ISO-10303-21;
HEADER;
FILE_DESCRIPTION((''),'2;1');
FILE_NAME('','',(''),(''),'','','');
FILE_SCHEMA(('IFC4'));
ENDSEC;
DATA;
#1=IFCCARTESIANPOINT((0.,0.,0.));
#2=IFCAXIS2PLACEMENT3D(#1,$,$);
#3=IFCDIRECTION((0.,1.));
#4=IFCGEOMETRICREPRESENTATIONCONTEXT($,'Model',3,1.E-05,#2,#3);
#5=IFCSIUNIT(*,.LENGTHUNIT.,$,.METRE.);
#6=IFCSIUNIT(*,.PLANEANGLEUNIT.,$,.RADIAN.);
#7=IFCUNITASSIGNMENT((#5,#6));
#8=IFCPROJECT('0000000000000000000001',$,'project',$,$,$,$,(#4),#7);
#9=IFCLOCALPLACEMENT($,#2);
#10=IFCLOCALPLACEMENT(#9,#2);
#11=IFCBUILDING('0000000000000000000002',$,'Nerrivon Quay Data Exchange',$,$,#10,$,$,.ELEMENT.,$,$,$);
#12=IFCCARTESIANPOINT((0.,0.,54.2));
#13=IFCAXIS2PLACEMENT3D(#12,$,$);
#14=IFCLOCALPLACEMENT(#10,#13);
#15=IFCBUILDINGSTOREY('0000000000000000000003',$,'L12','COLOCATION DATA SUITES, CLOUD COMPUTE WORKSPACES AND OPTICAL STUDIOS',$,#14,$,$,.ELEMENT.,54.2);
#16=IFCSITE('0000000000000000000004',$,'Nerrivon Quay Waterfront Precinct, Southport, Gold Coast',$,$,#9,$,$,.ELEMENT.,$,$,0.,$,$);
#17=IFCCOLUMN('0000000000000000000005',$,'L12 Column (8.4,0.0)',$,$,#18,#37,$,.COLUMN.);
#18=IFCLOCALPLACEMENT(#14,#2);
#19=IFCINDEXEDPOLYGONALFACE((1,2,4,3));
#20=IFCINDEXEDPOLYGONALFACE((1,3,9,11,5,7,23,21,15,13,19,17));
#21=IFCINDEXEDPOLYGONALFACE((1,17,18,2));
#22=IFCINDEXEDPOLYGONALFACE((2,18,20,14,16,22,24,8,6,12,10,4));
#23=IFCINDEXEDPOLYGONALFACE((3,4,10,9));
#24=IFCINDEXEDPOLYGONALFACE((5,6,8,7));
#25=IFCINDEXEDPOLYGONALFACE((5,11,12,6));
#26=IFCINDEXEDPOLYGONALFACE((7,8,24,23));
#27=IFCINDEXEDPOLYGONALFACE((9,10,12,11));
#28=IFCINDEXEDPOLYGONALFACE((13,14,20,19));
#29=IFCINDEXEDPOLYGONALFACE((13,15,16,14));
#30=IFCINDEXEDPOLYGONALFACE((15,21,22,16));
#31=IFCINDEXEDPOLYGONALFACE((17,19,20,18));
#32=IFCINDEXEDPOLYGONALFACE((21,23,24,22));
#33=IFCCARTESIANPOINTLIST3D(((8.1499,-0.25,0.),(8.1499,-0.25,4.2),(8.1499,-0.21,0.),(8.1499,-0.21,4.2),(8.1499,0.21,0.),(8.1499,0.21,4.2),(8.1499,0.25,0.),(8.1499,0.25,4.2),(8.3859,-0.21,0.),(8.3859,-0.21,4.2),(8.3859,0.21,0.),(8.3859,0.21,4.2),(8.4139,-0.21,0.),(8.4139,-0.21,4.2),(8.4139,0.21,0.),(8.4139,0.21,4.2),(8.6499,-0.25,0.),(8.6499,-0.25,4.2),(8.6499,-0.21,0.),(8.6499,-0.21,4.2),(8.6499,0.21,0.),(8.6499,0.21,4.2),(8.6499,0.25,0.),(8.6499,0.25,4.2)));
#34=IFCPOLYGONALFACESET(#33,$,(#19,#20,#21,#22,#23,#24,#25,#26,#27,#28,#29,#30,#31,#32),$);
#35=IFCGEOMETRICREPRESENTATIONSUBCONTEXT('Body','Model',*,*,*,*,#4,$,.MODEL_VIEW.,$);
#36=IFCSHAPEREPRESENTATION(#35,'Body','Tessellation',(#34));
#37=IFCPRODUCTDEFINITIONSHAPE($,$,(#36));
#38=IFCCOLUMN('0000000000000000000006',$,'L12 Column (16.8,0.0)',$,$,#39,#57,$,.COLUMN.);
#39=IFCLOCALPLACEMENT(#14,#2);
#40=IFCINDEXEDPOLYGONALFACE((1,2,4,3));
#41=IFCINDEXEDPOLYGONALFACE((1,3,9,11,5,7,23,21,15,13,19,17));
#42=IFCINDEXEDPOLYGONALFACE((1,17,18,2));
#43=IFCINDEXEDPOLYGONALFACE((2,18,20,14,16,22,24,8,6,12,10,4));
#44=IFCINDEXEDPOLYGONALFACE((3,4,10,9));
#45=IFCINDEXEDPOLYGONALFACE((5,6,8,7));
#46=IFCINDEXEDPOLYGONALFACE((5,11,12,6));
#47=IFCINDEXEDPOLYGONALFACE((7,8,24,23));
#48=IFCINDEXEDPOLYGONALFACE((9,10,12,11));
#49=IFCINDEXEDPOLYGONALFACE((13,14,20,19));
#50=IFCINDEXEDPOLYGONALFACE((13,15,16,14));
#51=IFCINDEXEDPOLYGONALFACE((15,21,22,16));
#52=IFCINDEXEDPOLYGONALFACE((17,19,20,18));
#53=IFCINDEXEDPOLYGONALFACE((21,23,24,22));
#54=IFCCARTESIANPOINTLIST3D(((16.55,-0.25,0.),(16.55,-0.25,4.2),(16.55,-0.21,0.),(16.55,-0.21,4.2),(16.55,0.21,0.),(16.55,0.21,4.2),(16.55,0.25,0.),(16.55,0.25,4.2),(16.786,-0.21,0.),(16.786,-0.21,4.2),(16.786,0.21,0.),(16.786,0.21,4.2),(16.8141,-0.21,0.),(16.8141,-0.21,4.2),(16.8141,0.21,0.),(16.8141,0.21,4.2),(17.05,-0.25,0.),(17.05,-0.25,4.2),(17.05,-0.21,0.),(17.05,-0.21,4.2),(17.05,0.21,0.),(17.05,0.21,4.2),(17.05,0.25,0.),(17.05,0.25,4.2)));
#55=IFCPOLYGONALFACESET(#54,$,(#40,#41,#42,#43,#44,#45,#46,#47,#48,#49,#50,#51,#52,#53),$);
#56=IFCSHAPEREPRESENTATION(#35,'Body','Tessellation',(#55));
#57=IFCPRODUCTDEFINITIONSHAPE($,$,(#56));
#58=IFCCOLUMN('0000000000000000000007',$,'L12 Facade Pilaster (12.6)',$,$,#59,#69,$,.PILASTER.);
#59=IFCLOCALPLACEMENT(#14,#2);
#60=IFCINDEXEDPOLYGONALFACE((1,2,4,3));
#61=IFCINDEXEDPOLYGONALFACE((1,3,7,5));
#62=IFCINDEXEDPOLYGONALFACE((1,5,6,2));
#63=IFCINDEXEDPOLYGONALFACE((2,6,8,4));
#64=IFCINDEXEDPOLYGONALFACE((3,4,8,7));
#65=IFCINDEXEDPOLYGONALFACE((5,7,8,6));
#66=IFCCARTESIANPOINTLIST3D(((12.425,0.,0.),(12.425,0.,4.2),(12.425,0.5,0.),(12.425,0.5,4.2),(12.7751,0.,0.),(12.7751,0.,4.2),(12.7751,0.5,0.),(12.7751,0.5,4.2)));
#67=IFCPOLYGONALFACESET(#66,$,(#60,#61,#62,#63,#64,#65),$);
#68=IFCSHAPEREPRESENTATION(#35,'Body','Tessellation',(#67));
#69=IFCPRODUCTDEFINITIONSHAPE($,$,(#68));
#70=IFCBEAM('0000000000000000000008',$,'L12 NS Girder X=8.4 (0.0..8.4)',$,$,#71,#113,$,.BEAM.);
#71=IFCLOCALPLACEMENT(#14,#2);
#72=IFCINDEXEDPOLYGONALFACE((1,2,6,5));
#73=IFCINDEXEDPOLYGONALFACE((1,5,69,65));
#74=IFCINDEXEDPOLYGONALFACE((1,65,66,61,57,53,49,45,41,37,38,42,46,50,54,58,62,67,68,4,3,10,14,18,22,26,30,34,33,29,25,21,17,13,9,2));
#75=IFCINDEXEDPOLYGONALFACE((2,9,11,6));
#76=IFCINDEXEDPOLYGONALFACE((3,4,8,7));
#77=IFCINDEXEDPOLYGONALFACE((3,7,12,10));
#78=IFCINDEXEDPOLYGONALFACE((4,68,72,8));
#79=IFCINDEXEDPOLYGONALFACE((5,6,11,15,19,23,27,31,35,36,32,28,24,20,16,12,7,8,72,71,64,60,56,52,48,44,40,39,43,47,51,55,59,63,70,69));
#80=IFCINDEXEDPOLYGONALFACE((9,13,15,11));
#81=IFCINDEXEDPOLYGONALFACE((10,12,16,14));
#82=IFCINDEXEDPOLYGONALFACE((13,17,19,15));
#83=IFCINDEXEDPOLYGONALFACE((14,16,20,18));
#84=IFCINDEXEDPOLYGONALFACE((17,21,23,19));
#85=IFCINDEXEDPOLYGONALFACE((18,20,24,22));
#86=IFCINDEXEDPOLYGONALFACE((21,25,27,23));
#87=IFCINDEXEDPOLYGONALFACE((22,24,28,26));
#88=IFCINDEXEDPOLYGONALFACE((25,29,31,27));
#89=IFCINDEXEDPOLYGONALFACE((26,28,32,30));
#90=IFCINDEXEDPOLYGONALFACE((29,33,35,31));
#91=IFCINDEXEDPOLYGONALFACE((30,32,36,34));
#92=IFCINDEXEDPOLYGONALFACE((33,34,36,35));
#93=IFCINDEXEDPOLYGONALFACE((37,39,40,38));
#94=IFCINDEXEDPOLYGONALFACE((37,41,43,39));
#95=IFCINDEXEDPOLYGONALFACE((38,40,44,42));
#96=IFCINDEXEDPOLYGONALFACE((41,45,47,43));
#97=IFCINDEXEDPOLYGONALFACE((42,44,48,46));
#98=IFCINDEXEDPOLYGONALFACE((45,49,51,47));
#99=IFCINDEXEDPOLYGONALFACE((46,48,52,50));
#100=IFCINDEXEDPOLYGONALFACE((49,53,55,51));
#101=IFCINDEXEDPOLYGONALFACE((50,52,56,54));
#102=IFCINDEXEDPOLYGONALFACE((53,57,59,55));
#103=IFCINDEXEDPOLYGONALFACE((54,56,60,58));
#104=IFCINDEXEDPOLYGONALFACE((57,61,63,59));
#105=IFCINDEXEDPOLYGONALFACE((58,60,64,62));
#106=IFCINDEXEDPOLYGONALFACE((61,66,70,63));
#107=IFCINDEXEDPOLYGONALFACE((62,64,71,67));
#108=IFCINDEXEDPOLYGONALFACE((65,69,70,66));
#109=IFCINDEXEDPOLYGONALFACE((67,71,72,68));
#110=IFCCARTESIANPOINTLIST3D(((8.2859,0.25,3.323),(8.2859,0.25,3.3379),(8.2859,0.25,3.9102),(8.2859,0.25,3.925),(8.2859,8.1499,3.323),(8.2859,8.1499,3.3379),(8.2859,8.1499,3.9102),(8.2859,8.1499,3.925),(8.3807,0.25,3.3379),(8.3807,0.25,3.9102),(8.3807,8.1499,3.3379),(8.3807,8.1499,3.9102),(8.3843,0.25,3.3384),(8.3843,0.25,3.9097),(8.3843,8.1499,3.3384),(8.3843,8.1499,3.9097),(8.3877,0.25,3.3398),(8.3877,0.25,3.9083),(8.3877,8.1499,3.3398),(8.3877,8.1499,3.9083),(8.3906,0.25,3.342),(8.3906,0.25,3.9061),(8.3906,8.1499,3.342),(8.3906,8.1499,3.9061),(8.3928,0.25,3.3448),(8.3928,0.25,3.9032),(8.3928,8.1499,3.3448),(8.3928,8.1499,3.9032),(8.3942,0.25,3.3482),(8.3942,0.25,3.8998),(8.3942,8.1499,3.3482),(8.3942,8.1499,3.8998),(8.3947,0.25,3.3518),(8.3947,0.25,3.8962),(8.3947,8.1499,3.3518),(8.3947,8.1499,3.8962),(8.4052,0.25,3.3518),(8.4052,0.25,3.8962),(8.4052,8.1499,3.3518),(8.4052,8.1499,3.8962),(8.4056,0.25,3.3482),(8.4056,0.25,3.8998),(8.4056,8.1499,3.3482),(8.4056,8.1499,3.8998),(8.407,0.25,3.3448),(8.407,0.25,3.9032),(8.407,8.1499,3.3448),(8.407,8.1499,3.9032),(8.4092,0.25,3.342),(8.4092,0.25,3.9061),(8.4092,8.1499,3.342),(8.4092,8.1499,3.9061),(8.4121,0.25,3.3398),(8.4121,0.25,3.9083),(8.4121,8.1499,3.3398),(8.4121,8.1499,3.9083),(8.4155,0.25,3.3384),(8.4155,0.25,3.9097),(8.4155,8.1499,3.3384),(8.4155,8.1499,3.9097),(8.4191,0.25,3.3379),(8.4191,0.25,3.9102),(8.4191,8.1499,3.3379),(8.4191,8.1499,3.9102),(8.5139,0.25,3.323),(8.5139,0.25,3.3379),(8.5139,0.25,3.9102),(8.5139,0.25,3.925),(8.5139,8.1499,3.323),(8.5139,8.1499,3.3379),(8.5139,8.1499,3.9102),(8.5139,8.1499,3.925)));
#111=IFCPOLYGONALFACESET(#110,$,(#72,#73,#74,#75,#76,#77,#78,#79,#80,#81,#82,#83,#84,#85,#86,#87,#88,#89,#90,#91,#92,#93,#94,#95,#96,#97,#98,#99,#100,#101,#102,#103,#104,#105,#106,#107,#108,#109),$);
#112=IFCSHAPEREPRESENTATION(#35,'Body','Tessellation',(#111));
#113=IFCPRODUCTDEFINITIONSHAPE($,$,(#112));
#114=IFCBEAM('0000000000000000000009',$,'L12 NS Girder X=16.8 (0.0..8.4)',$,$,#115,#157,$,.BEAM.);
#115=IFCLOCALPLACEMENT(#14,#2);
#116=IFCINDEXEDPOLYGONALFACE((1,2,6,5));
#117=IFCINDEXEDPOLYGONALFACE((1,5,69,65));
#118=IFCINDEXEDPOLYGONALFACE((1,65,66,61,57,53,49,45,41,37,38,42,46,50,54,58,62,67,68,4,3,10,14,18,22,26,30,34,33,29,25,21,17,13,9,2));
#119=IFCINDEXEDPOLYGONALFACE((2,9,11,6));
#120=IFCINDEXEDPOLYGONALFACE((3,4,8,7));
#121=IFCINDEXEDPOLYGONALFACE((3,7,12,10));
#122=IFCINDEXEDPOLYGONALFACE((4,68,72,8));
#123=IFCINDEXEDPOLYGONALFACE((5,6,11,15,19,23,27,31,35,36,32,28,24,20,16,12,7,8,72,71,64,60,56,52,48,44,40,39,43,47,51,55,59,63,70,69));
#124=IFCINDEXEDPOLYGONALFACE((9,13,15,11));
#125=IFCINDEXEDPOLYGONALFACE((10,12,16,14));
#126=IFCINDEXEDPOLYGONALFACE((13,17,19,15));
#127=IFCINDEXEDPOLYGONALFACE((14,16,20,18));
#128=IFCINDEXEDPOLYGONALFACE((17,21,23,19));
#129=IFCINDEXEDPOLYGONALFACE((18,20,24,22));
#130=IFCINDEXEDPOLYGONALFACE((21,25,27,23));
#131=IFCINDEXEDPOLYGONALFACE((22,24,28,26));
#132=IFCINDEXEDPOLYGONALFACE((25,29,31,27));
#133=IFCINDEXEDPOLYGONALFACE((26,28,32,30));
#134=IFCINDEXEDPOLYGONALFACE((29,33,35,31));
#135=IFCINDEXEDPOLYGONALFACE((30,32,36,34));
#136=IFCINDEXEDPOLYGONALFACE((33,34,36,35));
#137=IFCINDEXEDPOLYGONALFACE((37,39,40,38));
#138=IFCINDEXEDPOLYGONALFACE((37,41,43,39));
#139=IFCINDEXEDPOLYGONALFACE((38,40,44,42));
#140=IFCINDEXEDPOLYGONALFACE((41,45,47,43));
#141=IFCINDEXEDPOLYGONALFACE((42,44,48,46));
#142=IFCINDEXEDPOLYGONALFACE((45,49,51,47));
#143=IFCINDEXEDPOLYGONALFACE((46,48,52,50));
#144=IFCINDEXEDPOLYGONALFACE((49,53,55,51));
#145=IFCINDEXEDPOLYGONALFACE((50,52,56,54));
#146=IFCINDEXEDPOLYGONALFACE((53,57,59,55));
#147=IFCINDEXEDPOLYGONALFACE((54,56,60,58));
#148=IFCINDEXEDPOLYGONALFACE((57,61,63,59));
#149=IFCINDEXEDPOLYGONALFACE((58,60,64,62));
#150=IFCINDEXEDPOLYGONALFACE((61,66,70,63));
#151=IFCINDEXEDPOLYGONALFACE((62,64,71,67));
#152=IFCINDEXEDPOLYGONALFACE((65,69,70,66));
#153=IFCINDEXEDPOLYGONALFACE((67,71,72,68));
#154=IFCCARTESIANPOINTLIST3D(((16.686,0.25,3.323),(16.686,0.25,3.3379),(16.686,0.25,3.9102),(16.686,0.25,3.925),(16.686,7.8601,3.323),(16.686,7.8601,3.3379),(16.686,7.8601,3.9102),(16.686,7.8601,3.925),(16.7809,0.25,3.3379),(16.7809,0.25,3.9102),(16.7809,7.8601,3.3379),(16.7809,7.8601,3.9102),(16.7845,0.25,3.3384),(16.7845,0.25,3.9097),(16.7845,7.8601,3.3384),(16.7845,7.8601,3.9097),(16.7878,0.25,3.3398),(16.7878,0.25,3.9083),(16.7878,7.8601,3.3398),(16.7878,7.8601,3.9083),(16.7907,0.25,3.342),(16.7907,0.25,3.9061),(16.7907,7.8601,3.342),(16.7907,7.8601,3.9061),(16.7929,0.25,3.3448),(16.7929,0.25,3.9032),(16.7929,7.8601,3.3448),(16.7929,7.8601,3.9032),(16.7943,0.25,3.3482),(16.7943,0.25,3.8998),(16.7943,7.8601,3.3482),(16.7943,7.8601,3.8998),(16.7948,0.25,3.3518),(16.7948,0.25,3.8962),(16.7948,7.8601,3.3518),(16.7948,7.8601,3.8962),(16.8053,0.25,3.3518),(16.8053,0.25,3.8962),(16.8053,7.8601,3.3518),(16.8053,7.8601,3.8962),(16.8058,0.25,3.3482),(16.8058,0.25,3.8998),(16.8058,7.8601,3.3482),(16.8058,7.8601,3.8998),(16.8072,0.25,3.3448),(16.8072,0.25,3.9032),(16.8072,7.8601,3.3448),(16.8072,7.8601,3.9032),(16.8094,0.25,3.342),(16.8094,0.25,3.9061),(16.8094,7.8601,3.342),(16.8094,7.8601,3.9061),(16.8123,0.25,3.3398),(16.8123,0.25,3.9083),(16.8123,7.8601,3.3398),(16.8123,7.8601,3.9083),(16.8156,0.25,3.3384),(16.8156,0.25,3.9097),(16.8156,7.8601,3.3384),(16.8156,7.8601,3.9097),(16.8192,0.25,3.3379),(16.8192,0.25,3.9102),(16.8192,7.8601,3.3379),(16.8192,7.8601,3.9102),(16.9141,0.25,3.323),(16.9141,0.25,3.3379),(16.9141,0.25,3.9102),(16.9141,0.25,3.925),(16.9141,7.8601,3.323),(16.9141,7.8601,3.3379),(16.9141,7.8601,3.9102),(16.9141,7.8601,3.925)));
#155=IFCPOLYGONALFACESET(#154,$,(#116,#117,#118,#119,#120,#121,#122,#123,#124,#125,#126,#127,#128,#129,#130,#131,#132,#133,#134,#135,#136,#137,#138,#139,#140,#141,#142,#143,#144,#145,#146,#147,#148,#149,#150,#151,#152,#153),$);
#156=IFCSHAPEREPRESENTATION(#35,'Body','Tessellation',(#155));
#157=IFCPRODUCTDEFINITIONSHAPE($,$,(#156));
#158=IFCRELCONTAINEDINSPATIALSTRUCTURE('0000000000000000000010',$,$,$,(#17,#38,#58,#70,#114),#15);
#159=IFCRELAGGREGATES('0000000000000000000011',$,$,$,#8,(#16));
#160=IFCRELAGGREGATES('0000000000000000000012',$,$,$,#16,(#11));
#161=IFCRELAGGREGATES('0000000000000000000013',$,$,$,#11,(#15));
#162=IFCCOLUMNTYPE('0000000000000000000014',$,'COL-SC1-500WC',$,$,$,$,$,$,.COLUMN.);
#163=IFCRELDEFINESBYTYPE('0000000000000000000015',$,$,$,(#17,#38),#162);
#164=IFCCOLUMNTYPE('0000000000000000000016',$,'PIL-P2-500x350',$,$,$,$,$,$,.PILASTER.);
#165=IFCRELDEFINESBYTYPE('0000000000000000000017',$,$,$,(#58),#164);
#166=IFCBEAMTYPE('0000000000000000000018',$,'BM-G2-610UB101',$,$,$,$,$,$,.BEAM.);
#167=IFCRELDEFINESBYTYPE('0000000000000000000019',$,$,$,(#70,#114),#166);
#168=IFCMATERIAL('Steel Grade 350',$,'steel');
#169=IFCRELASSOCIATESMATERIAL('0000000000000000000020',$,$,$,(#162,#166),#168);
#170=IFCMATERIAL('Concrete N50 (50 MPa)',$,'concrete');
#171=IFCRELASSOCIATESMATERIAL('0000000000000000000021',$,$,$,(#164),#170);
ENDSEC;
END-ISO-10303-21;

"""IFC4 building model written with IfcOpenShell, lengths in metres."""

from ifc_helpers import new_model, si_unit, direction, frame, origin, origin_2d, place, context, subcontext, project, spatial, rectangle, i_section, extrude, material, material_profile, profile_set, type_object, element, save


model = new_model("IFC4")

# Units and contexts
model_context = context("Model", 3, precision=1e-05, world=origin(), true_north=direction((0.0, 1.0)))
body_context = subcontext(model_context, "Body", "Model", "MODEL_VIEW")
ifc_project = project(units=[si_unit("LENGTHUNIT", "METRE"), si_unit("PLANEANGLEUNIT", "RADIAN")], contexts=[model_context])

# Site, building, storey
site_placement = place(None, origin())
site = spatial("IfcSite", under=ifc_project, at=site_placement, Name="Nerrivon Quay Waterfront Precinct, Southport, Gold Coast", CompositionType="ELEMENT", RefElevation=0.0)
building_placement = place(site_placement, origin())
building = spatial("IfcBuilding", under=site, at=building_placement, Name="Nerrivon Quay Data Exchange", CompositionType="ELEMENT")
storey_placement = place(building_placement, frame((0.0, 0.0, 54.2)))
storey = spatial("IfcBuildingStorey", under=building, at=storey_placement, Name="L12", Description="COLOCATION DATA SUITES, CLOUD COMPUTE WORKSPACES AND OPTICAL STUDIOS", CompositionType="ELEMENT", Elevation=54.2)

# Columns
ifc_material_1 = material(Name="Steel Grade 350", Category="steel")
ifc_material_profile_1 = material_profile(ifc_material_1, i_section(OverallWidth=0.5, OverallDepth=0.5, WebThickness=0.0281, FlangeThickness=0.04, at=origin_2d()), Name="500WC440")
ifc_profile_set_1 = profile_set([ifc_material_profile_1], Name="Steel Grade 350")
column_type_1 = type_object("IfcColumnType", Name="COL-SC1-500WC", PredefinedType="COLUMN", material=ifc_profile_set_1)
for number, where, z_axis, x_axis, name in (
    (1, (8.3999, 0.0, 0.0), (0.0, 0.0, 1.0), (1.0, 0.0, 0.0), "L12 Column (8.4,0.0)"),
    (2, (16.8, 0.0, 0.0), (0.0, 0.0, 1.0), (1.0, 0.0, 0.0), "L12 Column (16.8,0.0)"),
):
    element("IfcColumn", number, at=place(storey_placement, frame(where, z_axis=z_axis, x_axis=x_axis)), inside=storey, type_object=column_type_1, Name=name, PredefinedType="COLUMN", context=body_context, shape_type="SweptSolid", body=[
        extrude(i_section(OverallWidth=0.5, OverallDepth=0.5, WebThickness=0.0281, FlangeThickness=0.04, at=origin_2d()), origin(), (0.0, 0.0, 1.0), 4.2),
    ])
ifc_material_2 = material(Name="Concrete N50 (50 MPa)", Category="concrete")
ifc_material_profile_2 = material_profile(ifc_material_2, rectangle(XDim=0.3501, YDim=0.5, at=origin_2d()), Name="RC-PIL-500x350")
ifc_profile_set_2 = profile_set([ifc_material_profile_2], Name="Concrete N50 (50 MPa)")
column_type_2 = type_object("IfcColumnType", Name="PIL-P2-500x350", PredefinedType="PILASTER", material=ifc_profile_set_2)
column_placement = place(storey_placement, frame((12.6001, 0.25, 0.0), z_axis=(0.0, 0.0, 1.0), x_axis=(1.0, 0.0, 0.0)))
element("IfcColumn", 3, at=column_placement, inside=storey, type_object=column_type_2, Name="L12 Facade Pilaster (12.6)", PredefinedType="PILASTER", context=body_context, shape_type="SweptSolid", body=[
    extrude(rectangle(XDim=0.3501, YDim=0.5, at=origin_2d()), origin(), (0.0, 0.0, 1.0), 4.2),
])

# Beams
ifc_material_profile_3 = material_profile(ifc_material_1, i_section(OverallWidth=0.228, OverallDepth=0.6021, WebThickness=0.0105, FlangeThickness=0.0149, FilletRadius=0.0139, at=origin_2d()), Name="610UB101")
ifc_profile_set_3 = profile_set([ifc_material_profile_3], Name="Steel Grade 350")
beam_type_1 = type_object("IfcBeamType", Name="BM-G2-610UB101", PredefinedType="BEAM", material=ifc_profile_set_3)
beam_1_placement = place(storey_placement, frame((8.3999, 0.25, 3.624), z_axis=(0.0, 1.0, 0.0), x_axis=(-1.0, 0.0, 0.0)))
element("IfcBeam", 4, at=beam_1_placement, inside=storey, type_object=beam_type_1, Name="L12 NS Girder X=8.4 (0.0..8.4)", PredefinedType="BEAM", context=body_context, shape_type="SweptSolid", body=[
    extrude(i_section(OverallWidth=0.228, OverallDepth=0.6021, WebThickness=0.0105, FlangeThickness=0.0149, FilletRadius=0.0139, at=origin_2d()), origin(), (0.0, 0.0, 1.0), 7.8999),
])
beam_2_placement = place(storey_placement, frame((16.8, 0.25, 3.624), z_axis=(0.0, 1.0, 0.0), x_axis=(-1.0, 0.0, 0.0)))
element("IfcBeam", 5, at=beam_2_placement, inside=storey, type_object=beam_type_1, Name="L12 NS Girder X=16.8 (0.0..8.4)", PredefinedType="BEAM", context=body_context, shape_type="SweptSolid", body=[
    extrude(i_section(OverallWidth=0.228, OverallDepth=0.6021, WebThickness=0.0105, FlangeThickness=0.0149, FilletRadius=0.0139, at=origin_2d()), origin(), (0.0, 0.0, 1.0), 7.6101),
])

save(model, "model.ifc")
